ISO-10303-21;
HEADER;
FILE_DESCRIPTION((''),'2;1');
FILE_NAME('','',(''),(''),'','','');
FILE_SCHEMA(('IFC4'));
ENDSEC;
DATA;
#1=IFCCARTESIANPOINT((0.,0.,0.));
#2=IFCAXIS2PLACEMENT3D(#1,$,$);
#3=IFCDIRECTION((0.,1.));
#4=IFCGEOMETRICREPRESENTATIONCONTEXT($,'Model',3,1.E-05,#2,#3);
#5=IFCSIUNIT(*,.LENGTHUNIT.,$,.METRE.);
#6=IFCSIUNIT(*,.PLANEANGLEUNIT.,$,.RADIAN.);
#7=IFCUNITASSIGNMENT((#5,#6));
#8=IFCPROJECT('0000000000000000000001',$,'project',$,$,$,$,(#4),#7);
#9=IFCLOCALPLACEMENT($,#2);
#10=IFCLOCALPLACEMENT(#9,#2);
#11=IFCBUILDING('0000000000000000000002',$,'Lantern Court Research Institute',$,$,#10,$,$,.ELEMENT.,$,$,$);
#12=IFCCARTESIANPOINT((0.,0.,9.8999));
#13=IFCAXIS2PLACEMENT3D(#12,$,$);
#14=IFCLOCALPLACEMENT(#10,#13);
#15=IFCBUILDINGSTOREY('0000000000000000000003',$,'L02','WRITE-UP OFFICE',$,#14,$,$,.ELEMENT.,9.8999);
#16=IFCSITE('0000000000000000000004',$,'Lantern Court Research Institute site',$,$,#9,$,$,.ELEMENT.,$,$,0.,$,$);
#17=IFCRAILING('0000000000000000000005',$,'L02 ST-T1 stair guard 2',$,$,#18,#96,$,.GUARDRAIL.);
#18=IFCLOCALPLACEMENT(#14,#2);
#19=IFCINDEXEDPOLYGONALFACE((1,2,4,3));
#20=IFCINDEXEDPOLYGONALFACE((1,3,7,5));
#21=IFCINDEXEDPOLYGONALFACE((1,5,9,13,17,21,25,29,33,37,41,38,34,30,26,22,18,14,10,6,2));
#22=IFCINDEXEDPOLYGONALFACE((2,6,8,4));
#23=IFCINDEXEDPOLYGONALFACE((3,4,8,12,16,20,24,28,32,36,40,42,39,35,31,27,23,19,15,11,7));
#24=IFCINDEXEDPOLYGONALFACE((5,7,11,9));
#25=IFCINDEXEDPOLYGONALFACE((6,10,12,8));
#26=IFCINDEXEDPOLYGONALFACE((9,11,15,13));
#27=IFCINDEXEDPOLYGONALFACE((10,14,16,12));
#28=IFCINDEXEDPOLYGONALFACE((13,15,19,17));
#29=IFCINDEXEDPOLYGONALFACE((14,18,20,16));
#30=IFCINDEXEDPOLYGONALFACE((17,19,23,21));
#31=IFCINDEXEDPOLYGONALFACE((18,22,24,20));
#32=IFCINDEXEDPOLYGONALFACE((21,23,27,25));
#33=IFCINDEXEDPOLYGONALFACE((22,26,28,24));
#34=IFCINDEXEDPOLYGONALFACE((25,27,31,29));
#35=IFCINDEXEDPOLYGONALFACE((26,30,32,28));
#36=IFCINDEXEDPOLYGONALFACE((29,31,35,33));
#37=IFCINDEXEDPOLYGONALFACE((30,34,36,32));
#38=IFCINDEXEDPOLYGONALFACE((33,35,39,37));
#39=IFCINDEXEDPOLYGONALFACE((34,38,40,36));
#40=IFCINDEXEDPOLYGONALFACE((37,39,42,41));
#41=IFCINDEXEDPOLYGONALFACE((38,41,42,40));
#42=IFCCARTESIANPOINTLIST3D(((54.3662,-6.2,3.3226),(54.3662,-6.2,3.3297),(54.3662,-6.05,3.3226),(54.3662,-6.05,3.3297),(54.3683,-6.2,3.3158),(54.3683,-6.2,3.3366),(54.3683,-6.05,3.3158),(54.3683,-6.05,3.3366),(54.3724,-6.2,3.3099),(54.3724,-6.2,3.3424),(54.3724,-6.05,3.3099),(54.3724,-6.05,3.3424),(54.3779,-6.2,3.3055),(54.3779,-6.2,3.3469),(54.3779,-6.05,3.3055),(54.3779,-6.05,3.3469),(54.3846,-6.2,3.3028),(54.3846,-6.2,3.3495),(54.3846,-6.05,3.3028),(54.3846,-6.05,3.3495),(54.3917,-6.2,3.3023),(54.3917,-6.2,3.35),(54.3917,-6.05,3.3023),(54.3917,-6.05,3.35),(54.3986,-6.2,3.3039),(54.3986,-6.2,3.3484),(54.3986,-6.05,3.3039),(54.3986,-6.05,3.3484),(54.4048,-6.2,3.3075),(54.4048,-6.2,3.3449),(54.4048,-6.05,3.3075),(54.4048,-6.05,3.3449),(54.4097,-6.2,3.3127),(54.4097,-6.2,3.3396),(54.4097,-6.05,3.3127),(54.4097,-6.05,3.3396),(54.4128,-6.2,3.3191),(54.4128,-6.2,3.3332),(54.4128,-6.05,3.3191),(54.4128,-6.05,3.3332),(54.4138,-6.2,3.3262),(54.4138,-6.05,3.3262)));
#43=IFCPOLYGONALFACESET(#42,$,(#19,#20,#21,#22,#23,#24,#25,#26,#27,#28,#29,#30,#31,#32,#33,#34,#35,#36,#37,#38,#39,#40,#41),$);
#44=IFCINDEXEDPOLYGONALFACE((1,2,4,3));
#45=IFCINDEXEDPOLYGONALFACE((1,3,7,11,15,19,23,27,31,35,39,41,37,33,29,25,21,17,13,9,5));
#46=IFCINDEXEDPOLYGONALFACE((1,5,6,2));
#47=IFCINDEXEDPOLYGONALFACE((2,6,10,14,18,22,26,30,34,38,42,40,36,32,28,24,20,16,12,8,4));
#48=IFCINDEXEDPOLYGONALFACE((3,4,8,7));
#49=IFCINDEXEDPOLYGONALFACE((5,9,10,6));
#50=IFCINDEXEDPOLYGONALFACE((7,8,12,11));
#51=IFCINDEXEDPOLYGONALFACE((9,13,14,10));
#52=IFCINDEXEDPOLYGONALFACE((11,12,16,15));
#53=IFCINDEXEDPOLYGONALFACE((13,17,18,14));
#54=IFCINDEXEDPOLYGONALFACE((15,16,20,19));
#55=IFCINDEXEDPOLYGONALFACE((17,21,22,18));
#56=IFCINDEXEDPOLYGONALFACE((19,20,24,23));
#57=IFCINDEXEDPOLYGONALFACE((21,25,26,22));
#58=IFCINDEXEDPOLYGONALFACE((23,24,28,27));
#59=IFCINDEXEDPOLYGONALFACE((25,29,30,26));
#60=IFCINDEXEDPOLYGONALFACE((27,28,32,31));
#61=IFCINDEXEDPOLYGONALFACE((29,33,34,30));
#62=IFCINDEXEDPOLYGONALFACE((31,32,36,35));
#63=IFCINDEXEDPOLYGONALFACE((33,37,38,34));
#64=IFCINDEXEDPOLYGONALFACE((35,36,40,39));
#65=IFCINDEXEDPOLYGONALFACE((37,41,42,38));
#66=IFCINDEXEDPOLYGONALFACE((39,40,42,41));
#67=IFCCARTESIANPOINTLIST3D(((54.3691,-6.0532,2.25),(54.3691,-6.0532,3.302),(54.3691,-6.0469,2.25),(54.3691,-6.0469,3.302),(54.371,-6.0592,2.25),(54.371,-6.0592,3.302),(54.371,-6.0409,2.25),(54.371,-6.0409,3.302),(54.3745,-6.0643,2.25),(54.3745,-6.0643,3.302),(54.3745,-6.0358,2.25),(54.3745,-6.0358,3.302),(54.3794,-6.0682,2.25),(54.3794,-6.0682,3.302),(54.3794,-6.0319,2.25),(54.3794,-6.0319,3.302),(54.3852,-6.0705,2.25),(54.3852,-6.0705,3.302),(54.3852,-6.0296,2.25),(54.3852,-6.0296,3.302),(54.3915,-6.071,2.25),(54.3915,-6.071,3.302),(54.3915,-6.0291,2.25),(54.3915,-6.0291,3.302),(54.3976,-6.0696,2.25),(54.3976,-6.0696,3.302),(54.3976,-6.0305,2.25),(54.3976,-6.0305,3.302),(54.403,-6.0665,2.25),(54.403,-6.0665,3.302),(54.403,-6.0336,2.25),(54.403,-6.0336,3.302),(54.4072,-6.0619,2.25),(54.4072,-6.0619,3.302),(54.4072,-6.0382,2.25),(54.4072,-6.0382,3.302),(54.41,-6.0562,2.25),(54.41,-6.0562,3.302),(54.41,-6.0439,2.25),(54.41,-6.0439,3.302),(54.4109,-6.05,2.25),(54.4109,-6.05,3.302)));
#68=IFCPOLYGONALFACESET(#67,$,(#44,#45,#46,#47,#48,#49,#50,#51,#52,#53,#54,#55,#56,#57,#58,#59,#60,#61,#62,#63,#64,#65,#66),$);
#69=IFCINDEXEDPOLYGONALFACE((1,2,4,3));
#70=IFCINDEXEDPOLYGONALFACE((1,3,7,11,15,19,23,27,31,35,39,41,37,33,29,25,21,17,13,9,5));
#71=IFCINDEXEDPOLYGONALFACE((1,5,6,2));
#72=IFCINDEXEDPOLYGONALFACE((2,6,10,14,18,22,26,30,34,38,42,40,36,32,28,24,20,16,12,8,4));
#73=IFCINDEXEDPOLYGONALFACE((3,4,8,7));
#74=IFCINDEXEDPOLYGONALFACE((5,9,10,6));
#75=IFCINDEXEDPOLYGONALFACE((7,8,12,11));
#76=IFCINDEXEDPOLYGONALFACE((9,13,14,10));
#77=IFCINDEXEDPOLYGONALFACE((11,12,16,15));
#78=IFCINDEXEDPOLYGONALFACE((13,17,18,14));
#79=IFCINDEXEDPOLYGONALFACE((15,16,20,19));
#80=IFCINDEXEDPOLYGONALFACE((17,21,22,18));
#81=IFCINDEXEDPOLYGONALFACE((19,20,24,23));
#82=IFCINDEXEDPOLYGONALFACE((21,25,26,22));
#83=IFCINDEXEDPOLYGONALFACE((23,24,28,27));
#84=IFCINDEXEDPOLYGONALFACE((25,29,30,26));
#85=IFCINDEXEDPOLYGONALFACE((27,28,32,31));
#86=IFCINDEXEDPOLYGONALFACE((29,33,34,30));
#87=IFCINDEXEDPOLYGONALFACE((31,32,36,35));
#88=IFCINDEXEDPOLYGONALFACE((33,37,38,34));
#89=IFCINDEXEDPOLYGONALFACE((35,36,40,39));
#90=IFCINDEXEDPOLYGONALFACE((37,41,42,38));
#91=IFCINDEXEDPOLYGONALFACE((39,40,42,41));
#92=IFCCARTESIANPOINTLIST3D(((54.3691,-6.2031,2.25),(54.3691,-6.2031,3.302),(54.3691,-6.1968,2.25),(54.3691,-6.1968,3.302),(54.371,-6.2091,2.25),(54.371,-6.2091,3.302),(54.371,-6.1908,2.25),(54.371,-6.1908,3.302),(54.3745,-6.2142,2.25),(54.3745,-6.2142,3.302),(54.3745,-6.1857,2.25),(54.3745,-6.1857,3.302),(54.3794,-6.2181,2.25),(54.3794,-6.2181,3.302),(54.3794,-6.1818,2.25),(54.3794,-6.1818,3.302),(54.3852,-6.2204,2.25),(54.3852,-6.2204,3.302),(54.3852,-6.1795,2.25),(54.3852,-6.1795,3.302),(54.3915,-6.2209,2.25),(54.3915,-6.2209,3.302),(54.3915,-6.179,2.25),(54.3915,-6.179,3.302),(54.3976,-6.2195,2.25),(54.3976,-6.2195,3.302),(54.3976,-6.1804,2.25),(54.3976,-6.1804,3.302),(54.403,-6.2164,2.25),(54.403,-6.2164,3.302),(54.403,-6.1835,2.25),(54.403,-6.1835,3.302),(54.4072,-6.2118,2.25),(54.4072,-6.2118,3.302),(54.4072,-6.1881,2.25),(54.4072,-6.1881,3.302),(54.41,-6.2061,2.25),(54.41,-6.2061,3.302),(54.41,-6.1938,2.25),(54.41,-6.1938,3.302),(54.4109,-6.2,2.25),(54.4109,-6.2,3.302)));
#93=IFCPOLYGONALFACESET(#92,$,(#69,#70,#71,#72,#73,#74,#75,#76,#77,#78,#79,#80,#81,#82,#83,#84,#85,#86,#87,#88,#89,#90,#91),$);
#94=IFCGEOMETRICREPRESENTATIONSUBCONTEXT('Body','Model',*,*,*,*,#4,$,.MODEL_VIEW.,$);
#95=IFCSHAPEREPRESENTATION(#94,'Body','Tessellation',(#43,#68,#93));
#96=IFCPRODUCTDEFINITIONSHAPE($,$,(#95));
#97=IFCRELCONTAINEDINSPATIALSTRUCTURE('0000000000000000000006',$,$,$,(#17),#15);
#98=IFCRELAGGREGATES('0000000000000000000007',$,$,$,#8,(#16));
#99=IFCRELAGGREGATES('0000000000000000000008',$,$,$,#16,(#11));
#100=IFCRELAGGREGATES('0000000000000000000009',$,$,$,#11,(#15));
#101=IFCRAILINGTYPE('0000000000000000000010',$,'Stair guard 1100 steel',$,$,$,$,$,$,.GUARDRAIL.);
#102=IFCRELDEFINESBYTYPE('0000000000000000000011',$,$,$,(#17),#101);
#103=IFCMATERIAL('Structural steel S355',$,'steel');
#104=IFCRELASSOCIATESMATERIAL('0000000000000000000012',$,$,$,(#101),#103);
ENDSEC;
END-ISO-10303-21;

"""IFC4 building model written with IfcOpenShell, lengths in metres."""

from ifc_helpers import new_model, si_unit, direction, frame, origin, origin_2d, place, context, subcontext, project, spatial, circle, extrude, material, type_object, element, save


model = new_model("IFC4")

# Units and contexts
model_context = context("Model", 3, precision=1e-05, world=origin(), true_north=direction((0.0, 1.0)))
body_context = subcontext(model_context, "Body", "Model", "MODEL_VIEW")
ifc_project = project(units=[si_unit("LENGTHUNIT", "METRE"), si_unit("PLANEANGLEUNIT", "RADIAN")], contexts=[model_context])

# Site, building, storey
site_placement = place(None, origin())
site = spatial("IfcSite", under=ifc_project, at=site_placement, Name="Lantern Court Research Institute site", CompositionType="ELEMENT", RefElevation=0.0)
building_placement = place(site_placement, origin())
building = spatial("IfcBuilding", under=site, at=building_placement, Name="Lantern Court Research Institute", CompositionType="ELEMENT")
storey_placement = place(building_placement, frame((0.0, 0.0, 9.8999)))
storey = spatial("IfcBuildingStorey", under=building, at=storey_placement, Name="L02", Description="WRITE-UP OFFICE", CompositionType="ELEMENT", Elevation=9.8999)

# Railing
ifc_material_1 = material(Name="Structural steel S355", Category="steel")
railing_type_1 = type_object("IfcRailingType", Name="Stair guard 1100 steel", PredefinedType="GUARDRAIL", material=ifc_material_1)
railing_1_placement = place(storey_placement, frame((54.3899, -6.05, 2.25)))
element("IfcRailing", 1, at=railing_1_placement, inside=storey, type_object=railing_type_1, Name="L02 ST-T1 stair guard 2", PredefinedType="GUARDRAIL", context=body_context, shape_type="SweptSolid", body=[
    extrude(circle(Radius=0.0239, at=origin_2d()), frame((0.0, 0.0, 1.0762), z_axis=(0.0, -1.0, 0.0), x_axis=(1.0, 0.0, 0.0)), (0.0, 0.0, 1.0), 0.1499),
    extrude(circle(Radius=0.021, at=origin_2d()), origin(), (0.0, 0.0, 1.0), 1.052),
    extrude(circle(Radius=0.021, at=origin_2d()), frame((0.0, -0.1499, 0.0)), (0.0, 0.0, 1.0), 1.052),
])

save(model, "model.ifc")
